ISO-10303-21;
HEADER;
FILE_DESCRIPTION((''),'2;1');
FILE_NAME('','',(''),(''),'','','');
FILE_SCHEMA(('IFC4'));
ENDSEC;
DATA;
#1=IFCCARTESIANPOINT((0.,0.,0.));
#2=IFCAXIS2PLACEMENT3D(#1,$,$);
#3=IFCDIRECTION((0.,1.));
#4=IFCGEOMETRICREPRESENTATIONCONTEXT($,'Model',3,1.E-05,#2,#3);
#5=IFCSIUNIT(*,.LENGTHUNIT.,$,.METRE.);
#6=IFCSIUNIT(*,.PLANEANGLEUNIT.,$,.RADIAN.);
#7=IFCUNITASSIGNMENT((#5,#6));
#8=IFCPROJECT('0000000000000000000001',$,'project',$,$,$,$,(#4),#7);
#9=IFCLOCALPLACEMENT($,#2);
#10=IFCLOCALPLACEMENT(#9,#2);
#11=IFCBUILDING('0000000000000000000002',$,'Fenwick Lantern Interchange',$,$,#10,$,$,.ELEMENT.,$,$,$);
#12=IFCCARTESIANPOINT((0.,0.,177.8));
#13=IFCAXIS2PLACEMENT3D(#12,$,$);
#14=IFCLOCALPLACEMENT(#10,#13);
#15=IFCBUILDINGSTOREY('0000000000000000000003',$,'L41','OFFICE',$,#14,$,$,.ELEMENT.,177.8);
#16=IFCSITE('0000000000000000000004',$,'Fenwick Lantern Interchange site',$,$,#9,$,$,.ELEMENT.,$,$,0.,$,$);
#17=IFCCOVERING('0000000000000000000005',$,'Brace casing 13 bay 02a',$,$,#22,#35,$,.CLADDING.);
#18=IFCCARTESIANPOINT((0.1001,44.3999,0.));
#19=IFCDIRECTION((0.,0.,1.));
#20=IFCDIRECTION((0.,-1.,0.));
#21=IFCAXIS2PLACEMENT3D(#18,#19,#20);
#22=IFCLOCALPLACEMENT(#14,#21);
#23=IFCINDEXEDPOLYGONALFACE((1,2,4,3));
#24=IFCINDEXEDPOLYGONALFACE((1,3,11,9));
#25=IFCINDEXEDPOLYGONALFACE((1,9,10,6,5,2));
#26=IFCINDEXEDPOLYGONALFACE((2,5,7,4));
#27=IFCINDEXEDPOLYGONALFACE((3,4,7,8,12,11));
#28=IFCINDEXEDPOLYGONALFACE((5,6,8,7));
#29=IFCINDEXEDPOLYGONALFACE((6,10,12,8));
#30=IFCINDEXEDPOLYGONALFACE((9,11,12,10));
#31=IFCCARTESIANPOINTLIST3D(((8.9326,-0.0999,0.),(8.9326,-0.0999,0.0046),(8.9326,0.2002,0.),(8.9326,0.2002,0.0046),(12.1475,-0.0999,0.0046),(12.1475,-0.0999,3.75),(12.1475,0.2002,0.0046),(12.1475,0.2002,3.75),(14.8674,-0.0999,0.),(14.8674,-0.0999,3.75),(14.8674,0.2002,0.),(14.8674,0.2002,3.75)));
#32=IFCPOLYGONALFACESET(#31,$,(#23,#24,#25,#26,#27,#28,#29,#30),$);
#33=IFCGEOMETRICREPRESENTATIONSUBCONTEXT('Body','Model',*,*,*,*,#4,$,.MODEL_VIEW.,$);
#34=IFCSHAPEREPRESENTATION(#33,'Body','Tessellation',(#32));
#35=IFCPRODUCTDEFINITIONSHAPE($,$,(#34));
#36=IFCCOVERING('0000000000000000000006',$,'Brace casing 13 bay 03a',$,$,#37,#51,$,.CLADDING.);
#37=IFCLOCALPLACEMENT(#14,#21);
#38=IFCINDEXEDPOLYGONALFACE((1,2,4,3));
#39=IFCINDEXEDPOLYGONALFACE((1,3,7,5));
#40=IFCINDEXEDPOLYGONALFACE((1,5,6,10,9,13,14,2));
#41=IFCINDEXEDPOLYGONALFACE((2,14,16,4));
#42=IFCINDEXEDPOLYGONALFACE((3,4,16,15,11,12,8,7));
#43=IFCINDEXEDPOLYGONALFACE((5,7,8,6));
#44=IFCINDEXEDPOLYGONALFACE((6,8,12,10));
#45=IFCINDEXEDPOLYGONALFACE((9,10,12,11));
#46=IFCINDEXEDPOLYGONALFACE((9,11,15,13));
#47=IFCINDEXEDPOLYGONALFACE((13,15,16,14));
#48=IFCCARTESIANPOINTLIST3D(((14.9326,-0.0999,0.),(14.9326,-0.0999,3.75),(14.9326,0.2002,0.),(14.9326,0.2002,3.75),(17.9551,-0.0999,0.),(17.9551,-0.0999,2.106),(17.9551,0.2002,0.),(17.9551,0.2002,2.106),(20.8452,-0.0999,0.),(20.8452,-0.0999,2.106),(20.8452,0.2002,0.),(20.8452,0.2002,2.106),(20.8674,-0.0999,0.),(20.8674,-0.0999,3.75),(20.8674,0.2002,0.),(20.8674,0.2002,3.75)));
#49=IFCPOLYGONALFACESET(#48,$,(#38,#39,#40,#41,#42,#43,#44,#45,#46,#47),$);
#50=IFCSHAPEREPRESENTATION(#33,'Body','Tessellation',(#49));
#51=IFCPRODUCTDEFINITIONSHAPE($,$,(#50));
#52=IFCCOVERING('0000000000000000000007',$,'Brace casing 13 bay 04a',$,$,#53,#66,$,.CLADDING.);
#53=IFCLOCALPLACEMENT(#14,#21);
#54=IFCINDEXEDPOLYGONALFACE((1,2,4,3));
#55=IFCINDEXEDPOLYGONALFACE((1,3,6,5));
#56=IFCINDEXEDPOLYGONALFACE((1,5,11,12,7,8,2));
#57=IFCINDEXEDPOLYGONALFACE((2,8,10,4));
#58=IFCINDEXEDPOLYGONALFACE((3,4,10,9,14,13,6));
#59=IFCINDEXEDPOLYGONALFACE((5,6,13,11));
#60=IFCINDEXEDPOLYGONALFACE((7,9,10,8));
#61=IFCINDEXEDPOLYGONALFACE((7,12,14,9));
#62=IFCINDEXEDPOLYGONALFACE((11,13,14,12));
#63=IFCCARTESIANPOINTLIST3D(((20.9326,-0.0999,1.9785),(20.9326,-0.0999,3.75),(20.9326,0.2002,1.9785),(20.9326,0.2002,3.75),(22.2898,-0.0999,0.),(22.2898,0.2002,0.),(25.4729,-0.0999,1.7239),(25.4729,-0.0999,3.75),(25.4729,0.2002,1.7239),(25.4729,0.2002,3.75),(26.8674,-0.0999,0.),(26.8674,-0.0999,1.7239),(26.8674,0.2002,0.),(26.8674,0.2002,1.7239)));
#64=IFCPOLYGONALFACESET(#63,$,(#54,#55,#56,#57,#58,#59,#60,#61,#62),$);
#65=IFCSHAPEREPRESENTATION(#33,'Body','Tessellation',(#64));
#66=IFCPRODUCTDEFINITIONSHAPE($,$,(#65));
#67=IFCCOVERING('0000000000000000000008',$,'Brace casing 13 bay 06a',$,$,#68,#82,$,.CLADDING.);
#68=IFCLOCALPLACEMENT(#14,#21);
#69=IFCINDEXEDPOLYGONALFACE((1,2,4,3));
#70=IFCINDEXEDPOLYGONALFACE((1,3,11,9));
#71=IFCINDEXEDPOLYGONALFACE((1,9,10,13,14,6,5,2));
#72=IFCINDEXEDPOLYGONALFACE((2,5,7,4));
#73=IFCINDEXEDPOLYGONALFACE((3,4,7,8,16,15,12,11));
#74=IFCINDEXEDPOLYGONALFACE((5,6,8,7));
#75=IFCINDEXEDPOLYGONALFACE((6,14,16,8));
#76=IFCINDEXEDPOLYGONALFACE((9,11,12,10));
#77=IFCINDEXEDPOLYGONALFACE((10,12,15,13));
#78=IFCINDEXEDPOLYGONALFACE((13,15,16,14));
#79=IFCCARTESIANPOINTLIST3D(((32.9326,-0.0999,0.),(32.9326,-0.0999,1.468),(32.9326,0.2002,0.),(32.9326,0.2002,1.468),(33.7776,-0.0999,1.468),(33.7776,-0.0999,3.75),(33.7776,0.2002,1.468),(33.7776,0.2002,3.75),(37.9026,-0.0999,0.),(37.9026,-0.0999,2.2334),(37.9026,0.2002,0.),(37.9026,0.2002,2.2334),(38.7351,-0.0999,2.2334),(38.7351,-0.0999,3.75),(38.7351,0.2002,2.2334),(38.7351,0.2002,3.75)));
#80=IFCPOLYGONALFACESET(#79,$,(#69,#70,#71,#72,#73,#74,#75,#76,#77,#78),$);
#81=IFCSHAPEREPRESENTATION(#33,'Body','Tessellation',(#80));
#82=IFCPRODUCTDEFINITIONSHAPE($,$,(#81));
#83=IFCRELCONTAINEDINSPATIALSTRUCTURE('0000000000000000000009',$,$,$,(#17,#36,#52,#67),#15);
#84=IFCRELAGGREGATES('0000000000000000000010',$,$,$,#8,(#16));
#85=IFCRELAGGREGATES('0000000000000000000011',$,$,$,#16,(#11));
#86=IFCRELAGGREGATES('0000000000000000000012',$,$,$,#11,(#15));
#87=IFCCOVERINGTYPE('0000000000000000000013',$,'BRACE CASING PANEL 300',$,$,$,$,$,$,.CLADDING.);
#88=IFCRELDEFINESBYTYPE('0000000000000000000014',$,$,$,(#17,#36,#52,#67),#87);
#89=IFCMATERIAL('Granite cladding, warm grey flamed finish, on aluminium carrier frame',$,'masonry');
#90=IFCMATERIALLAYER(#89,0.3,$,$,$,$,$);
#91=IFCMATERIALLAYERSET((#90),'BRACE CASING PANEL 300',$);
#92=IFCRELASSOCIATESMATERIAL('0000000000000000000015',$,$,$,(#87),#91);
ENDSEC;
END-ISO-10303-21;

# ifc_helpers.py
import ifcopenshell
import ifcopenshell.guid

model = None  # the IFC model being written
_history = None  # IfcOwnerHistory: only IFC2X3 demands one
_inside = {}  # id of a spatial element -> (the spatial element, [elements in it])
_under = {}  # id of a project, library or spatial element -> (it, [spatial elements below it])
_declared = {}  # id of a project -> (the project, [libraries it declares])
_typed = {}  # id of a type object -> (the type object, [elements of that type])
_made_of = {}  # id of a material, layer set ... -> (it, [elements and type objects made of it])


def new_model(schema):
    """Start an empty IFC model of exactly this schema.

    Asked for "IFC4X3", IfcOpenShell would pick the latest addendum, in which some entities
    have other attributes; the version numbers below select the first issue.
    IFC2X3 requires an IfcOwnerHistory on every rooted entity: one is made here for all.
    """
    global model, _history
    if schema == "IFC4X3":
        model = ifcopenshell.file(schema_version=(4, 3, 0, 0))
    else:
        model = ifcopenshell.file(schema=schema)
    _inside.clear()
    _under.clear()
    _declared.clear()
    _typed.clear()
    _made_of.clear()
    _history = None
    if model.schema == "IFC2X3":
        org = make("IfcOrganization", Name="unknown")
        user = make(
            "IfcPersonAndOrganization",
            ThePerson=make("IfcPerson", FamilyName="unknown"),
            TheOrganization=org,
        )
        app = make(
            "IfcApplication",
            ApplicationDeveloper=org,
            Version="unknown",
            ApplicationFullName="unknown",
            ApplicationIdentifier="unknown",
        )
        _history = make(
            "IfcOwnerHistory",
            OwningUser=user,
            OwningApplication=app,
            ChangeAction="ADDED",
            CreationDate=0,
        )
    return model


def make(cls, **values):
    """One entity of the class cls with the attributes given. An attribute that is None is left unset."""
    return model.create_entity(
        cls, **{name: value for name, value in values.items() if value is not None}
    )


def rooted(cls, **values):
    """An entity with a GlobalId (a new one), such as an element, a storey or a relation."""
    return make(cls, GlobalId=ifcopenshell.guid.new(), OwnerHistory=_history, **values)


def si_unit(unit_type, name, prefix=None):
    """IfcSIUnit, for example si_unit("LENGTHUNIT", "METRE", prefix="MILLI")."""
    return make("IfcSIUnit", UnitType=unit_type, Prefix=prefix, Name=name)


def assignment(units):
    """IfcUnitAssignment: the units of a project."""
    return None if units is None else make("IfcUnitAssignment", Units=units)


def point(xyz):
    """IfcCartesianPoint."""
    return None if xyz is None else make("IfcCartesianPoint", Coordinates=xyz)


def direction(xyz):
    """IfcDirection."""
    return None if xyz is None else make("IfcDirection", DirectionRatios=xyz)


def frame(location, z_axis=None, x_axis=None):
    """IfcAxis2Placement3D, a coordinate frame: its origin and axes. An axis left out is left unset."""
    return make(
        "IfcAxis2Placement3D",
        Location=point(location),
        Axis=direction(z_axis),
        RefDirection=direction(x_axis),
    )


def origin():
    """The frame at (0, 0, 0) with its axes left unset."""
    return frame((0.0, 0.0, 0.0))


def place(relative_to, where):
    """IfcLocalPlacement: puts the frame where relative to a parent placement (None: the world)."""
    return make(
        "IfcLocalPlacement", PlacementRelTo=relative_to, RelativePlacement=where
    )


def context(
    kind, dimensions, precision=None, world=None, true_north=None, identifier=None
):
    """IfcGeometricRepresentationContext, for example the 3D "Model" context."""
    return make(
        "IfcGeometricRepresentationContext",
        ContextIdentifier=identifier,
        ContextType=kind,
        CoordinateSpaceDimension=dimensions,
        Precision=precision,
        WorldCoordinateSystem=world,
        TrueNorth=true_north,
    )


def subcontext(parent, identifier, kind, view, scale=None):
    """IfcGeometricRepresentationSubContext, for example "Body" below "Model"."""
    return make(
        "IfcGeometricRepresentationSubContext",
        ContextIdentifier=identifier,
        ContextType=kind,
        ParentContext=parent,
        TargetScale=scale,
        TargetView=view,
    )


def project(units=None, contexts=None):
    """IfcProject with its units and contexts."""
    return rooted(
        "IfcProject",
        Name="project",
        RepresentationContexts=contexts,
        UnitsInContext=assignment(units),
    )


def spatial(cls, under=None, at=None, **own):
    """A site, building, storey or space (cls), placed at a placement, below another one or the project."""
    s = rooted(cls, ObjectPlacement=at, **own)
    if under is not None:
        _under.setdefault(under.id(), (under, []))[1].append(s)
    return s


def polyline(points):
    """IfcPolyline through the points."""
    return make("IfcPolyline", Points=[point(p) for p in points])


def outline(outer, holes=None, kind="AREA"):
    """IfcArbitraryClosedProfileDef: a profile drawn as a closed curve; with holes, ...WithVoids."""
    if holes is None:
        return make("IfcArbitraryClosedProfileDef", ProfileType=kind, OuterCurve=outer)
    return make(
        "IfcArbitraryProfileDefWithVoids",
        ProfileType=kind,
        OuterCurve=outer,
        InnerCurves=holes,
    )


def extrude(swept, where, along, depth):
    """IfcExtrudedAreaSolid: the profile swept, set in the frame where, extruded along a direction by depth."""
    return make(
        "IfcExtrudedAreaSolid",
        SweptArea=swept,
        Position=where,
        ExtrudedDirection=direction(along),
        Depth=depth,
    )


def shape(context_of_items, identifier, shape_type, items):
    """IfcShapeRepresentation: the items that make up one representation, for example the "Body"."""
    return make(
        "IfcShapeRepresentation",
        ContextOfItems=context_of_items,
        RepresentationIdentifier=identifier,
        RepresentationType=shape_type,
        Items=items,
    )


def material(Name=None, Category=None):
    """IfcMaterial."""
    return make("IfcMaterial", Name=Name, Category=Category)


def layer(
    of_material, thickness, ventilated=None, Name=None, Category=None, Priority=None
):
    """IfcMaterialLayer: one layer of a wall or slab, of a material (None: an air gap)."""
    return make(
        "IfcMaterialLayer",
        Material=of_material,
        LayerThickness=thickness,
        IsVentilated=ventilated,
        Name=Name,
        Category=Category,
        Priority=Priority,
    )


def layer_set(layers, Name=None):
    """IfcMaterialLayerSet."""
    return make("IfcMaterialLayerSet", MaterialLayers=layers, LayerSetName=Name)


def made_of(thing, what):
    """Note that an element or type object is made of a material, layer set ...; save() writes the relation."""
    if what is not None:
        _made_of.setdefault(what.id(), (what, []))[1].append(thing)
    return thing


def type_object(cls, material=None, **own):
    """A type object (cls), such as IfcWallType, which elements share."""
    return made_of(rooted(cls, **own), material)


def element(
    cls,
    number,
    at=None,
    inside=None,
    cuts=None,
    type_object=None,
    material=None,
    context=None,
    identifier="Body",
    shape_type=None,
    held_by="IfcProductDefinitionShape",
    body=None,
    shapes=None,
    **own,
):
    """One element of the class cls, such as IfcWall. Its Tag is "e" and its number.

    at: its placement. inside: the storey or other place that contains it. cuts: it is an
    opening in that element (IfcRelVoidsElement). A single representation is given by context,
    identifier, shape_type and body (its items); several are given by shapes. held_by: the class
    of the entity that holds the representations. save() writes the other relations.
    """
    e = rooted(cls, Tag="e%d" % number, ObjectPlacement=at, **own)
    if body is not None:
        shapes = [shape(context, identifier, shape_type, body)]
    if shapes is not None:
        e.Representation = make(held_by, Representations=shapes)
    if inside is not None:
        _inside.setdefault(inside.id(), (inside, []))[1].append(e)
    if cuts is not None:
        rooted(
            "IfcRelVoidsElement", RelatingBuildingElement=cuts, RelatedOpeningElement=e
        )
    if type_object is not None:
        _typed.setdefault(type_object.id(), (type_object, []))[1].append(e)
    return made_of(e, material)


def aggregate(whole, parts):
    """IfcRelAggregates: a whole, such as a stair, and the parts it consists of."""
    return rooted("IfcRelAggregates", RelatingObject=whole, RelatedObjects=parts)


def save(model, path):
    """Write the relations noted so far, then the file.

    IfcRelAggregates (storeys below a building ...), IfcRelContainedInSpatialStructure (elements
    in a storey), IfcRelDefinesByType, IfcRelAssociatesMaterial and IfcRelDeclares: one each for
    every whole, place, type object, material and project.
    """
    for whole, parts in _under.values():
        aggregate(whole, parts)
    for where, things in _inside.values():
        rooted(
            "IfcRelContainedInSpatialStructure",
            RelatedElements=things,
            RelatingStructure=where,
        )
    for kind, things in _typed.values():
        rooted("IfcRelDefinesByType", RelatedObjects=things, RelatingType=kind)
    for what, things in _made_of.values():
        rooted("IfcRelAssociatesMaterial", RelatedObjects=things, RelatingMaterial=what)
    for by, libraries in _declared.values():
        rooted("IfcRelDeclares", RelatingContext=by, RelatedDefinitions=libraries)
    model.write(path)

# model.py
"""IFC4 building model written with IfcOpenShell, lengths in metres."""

from ifc_helpers import new_model, si_unit, direction, frame, origin, place, context, subcontext, project, spatial, polyline, outline, extrude, material, layer, layer_set, type_object, element, save


model = new_model("IFC4")

# Units and contexts
model_context = context("Model", 3, precision=1e-05, world=origin(), true_north=direction((0.0, 1.0)))
body_context = subcontext(model_context, "Body", "Model", "MODEL_VIEW")
ifc_project = project(units=[si_unit("LENGTHUNIT", "METRE"), si_unit("PLANEANGLEUNIT", "RADIAN")], contexts=[model_context])

# Site, building, storey
site_placement = place(None, origin())
site = spatial("IfcSite", under=ifc_project, at=site_placement, Name="Fenwick Lantern Interchange site", CompositionType="ELEMENT", RefElevation=0.0)
building_placement = place(site_placement, origin())
building = spatial("IfcBuilding", under=site, at=building_placement, Name="Fenwick Lantern Interchange", CompositionType="ELEMENT")
storey_placement = place(building_placement, frame((0.0, 0.0, 177.8)))
storey = spatial("IfcBuildingStorey", under=building, at=storey_placement, Name="L41", Description="OFFICE", CompositionType="ELEMENT", Elevation=177.8)

# Coverings
ifc_material_1 = material(Name="Granite cladding, warm grey flamed finish, on aluminium carrier frame", Category="masonry")
ifc_layer_1 = layer(ifc_material_1, 0.3)
ifc_layer_set_1 = layer_set([ifc_layer_1], Name="BRACE CASING PANEL 300")
covering_type = type_object("IfcCoveringType", Name="BRACE CASING PANEL 300", PredefinedType="CLADDING", material=ifc_layer_set_1)
covering_1_placement = place(storey_placement, frame((0.1001, 44.3999, 0.0), z_axis=(0.0, 0.0, 1.0), x_axis=(0.0, -1.0, 0.0)))
element("IfcCovering", 1, at=covering_1_placement, inside=storey, type_object=covering_type, Name="Brace casing 13 bay 02a", PredefinedType="CLADDING", context=body_context, shape_type="SweptSolid", body=[
    extrude(outline(polyline([(8.9326, 0.0), (14.8674, 0.0), (14.8674, 3.75), (12.1475, 3.75), (12.1475, 0.0046), (8.9326, 0.0046), (8.9326, 0.0)])), frame((0.0, 0.2002, 0.0), z_axis=(0.0, -1.0, 0.0), x_axis=(1.0, 0.0, 0.0)), (0.0, 0.0, 1.0), 0.3),
])
covering_2_placement = place(storey_placement, frame((0.1001, 44.3999, 0.0), z_axis=(0.0, 0.0, 1.0), x_axis=(0.0, -1.0, 0.0)))
element("IfcCovering", 2, at=covering_2_placement, inside=storey, type_object=covering_type, Name="Brace casing 13 bay 03a", PredefinedType="CLADDING", context=body_context, shape_type="SweptSolid", body=[
    extrude(outline(polyline([(14.9326, 0.0), (17.9551, 0.0), (17.9551, 2.106), (20.8452, 2.106), (20.8452, 0.0), (20.8674, 0.0), (20.8674, 3.75), (14.9326, 3.75), (14.9326, 0.0)])), frame((0.0, 0.2002, 0.0), z_axis=(0.0, -1.0, 0.0), x_axis=(1.0, 0.0, 0.0)), (0.0, 0.0, 1.0), 0.3),
])
covering_3_placement = place(storey_placement, frame((0.1001, 44.3999, 0.0), z_axis=(0.0, 0.0, 1.0), x_axis=(0.0, -1.0, 0.0)))
element("IfcCovering", 3, at=covering_3_placement, inside=storey, type_object=covering_type, Name="Brace casing 13 bay 04a", PredefinedType="CLADDING", context=body_context, shape_type="SweptSolid", body=[
    extrude(outline(polyline([(22.2898, 0.0), (26.8674, 0.0), (26.8674, 1.7239), (25.4729, 1.7239), (25.4729, 3.75), (20.9326, 3.75), (20.9326, 1.9785), (22.2898, 0.0)])), frame((0.0, 0.2002, 0.0), z_axis=(0.0, -1.0, 0.0), x_axis=(1.0, 0.0, 0.0)), (0.0, 0.0, 1.0), 0.3),
])
covering_4_placement = place(storey_placement, frame((0.1001, 44.3999, 0.0), z_axis=(0.0, 0.0, 1.0), x_axis=(0.0, -1.0, 0.0)))
element("IfcCovering", 4, at=covering_4_placement, inside=storey, type_object=covering_type, Name="Brace casing 13 bay 06a", PredefinedType="CLADDING", context=body_context, shape_type="SweptSolid", body=[
    extrude(outline(polyline([(32.9326, 0.0), (37.9026, 0.0), (37.9026, 2.2334), (38.7351, 2.2334), (38.7351, 3.75), (33.7776, 3.75), (33.7776, 1.468), (32.9326, 1.468), (32.9326, 0.0)])), frame((0.0, 0.2002, 0.0), z_axis=(0.0, -1.0, 0.0), x_axis=(1.0, 0.0, 0.0)), (0.0, 0.0, 1.0), 0.3),
])

save(model, "model.ifc")
